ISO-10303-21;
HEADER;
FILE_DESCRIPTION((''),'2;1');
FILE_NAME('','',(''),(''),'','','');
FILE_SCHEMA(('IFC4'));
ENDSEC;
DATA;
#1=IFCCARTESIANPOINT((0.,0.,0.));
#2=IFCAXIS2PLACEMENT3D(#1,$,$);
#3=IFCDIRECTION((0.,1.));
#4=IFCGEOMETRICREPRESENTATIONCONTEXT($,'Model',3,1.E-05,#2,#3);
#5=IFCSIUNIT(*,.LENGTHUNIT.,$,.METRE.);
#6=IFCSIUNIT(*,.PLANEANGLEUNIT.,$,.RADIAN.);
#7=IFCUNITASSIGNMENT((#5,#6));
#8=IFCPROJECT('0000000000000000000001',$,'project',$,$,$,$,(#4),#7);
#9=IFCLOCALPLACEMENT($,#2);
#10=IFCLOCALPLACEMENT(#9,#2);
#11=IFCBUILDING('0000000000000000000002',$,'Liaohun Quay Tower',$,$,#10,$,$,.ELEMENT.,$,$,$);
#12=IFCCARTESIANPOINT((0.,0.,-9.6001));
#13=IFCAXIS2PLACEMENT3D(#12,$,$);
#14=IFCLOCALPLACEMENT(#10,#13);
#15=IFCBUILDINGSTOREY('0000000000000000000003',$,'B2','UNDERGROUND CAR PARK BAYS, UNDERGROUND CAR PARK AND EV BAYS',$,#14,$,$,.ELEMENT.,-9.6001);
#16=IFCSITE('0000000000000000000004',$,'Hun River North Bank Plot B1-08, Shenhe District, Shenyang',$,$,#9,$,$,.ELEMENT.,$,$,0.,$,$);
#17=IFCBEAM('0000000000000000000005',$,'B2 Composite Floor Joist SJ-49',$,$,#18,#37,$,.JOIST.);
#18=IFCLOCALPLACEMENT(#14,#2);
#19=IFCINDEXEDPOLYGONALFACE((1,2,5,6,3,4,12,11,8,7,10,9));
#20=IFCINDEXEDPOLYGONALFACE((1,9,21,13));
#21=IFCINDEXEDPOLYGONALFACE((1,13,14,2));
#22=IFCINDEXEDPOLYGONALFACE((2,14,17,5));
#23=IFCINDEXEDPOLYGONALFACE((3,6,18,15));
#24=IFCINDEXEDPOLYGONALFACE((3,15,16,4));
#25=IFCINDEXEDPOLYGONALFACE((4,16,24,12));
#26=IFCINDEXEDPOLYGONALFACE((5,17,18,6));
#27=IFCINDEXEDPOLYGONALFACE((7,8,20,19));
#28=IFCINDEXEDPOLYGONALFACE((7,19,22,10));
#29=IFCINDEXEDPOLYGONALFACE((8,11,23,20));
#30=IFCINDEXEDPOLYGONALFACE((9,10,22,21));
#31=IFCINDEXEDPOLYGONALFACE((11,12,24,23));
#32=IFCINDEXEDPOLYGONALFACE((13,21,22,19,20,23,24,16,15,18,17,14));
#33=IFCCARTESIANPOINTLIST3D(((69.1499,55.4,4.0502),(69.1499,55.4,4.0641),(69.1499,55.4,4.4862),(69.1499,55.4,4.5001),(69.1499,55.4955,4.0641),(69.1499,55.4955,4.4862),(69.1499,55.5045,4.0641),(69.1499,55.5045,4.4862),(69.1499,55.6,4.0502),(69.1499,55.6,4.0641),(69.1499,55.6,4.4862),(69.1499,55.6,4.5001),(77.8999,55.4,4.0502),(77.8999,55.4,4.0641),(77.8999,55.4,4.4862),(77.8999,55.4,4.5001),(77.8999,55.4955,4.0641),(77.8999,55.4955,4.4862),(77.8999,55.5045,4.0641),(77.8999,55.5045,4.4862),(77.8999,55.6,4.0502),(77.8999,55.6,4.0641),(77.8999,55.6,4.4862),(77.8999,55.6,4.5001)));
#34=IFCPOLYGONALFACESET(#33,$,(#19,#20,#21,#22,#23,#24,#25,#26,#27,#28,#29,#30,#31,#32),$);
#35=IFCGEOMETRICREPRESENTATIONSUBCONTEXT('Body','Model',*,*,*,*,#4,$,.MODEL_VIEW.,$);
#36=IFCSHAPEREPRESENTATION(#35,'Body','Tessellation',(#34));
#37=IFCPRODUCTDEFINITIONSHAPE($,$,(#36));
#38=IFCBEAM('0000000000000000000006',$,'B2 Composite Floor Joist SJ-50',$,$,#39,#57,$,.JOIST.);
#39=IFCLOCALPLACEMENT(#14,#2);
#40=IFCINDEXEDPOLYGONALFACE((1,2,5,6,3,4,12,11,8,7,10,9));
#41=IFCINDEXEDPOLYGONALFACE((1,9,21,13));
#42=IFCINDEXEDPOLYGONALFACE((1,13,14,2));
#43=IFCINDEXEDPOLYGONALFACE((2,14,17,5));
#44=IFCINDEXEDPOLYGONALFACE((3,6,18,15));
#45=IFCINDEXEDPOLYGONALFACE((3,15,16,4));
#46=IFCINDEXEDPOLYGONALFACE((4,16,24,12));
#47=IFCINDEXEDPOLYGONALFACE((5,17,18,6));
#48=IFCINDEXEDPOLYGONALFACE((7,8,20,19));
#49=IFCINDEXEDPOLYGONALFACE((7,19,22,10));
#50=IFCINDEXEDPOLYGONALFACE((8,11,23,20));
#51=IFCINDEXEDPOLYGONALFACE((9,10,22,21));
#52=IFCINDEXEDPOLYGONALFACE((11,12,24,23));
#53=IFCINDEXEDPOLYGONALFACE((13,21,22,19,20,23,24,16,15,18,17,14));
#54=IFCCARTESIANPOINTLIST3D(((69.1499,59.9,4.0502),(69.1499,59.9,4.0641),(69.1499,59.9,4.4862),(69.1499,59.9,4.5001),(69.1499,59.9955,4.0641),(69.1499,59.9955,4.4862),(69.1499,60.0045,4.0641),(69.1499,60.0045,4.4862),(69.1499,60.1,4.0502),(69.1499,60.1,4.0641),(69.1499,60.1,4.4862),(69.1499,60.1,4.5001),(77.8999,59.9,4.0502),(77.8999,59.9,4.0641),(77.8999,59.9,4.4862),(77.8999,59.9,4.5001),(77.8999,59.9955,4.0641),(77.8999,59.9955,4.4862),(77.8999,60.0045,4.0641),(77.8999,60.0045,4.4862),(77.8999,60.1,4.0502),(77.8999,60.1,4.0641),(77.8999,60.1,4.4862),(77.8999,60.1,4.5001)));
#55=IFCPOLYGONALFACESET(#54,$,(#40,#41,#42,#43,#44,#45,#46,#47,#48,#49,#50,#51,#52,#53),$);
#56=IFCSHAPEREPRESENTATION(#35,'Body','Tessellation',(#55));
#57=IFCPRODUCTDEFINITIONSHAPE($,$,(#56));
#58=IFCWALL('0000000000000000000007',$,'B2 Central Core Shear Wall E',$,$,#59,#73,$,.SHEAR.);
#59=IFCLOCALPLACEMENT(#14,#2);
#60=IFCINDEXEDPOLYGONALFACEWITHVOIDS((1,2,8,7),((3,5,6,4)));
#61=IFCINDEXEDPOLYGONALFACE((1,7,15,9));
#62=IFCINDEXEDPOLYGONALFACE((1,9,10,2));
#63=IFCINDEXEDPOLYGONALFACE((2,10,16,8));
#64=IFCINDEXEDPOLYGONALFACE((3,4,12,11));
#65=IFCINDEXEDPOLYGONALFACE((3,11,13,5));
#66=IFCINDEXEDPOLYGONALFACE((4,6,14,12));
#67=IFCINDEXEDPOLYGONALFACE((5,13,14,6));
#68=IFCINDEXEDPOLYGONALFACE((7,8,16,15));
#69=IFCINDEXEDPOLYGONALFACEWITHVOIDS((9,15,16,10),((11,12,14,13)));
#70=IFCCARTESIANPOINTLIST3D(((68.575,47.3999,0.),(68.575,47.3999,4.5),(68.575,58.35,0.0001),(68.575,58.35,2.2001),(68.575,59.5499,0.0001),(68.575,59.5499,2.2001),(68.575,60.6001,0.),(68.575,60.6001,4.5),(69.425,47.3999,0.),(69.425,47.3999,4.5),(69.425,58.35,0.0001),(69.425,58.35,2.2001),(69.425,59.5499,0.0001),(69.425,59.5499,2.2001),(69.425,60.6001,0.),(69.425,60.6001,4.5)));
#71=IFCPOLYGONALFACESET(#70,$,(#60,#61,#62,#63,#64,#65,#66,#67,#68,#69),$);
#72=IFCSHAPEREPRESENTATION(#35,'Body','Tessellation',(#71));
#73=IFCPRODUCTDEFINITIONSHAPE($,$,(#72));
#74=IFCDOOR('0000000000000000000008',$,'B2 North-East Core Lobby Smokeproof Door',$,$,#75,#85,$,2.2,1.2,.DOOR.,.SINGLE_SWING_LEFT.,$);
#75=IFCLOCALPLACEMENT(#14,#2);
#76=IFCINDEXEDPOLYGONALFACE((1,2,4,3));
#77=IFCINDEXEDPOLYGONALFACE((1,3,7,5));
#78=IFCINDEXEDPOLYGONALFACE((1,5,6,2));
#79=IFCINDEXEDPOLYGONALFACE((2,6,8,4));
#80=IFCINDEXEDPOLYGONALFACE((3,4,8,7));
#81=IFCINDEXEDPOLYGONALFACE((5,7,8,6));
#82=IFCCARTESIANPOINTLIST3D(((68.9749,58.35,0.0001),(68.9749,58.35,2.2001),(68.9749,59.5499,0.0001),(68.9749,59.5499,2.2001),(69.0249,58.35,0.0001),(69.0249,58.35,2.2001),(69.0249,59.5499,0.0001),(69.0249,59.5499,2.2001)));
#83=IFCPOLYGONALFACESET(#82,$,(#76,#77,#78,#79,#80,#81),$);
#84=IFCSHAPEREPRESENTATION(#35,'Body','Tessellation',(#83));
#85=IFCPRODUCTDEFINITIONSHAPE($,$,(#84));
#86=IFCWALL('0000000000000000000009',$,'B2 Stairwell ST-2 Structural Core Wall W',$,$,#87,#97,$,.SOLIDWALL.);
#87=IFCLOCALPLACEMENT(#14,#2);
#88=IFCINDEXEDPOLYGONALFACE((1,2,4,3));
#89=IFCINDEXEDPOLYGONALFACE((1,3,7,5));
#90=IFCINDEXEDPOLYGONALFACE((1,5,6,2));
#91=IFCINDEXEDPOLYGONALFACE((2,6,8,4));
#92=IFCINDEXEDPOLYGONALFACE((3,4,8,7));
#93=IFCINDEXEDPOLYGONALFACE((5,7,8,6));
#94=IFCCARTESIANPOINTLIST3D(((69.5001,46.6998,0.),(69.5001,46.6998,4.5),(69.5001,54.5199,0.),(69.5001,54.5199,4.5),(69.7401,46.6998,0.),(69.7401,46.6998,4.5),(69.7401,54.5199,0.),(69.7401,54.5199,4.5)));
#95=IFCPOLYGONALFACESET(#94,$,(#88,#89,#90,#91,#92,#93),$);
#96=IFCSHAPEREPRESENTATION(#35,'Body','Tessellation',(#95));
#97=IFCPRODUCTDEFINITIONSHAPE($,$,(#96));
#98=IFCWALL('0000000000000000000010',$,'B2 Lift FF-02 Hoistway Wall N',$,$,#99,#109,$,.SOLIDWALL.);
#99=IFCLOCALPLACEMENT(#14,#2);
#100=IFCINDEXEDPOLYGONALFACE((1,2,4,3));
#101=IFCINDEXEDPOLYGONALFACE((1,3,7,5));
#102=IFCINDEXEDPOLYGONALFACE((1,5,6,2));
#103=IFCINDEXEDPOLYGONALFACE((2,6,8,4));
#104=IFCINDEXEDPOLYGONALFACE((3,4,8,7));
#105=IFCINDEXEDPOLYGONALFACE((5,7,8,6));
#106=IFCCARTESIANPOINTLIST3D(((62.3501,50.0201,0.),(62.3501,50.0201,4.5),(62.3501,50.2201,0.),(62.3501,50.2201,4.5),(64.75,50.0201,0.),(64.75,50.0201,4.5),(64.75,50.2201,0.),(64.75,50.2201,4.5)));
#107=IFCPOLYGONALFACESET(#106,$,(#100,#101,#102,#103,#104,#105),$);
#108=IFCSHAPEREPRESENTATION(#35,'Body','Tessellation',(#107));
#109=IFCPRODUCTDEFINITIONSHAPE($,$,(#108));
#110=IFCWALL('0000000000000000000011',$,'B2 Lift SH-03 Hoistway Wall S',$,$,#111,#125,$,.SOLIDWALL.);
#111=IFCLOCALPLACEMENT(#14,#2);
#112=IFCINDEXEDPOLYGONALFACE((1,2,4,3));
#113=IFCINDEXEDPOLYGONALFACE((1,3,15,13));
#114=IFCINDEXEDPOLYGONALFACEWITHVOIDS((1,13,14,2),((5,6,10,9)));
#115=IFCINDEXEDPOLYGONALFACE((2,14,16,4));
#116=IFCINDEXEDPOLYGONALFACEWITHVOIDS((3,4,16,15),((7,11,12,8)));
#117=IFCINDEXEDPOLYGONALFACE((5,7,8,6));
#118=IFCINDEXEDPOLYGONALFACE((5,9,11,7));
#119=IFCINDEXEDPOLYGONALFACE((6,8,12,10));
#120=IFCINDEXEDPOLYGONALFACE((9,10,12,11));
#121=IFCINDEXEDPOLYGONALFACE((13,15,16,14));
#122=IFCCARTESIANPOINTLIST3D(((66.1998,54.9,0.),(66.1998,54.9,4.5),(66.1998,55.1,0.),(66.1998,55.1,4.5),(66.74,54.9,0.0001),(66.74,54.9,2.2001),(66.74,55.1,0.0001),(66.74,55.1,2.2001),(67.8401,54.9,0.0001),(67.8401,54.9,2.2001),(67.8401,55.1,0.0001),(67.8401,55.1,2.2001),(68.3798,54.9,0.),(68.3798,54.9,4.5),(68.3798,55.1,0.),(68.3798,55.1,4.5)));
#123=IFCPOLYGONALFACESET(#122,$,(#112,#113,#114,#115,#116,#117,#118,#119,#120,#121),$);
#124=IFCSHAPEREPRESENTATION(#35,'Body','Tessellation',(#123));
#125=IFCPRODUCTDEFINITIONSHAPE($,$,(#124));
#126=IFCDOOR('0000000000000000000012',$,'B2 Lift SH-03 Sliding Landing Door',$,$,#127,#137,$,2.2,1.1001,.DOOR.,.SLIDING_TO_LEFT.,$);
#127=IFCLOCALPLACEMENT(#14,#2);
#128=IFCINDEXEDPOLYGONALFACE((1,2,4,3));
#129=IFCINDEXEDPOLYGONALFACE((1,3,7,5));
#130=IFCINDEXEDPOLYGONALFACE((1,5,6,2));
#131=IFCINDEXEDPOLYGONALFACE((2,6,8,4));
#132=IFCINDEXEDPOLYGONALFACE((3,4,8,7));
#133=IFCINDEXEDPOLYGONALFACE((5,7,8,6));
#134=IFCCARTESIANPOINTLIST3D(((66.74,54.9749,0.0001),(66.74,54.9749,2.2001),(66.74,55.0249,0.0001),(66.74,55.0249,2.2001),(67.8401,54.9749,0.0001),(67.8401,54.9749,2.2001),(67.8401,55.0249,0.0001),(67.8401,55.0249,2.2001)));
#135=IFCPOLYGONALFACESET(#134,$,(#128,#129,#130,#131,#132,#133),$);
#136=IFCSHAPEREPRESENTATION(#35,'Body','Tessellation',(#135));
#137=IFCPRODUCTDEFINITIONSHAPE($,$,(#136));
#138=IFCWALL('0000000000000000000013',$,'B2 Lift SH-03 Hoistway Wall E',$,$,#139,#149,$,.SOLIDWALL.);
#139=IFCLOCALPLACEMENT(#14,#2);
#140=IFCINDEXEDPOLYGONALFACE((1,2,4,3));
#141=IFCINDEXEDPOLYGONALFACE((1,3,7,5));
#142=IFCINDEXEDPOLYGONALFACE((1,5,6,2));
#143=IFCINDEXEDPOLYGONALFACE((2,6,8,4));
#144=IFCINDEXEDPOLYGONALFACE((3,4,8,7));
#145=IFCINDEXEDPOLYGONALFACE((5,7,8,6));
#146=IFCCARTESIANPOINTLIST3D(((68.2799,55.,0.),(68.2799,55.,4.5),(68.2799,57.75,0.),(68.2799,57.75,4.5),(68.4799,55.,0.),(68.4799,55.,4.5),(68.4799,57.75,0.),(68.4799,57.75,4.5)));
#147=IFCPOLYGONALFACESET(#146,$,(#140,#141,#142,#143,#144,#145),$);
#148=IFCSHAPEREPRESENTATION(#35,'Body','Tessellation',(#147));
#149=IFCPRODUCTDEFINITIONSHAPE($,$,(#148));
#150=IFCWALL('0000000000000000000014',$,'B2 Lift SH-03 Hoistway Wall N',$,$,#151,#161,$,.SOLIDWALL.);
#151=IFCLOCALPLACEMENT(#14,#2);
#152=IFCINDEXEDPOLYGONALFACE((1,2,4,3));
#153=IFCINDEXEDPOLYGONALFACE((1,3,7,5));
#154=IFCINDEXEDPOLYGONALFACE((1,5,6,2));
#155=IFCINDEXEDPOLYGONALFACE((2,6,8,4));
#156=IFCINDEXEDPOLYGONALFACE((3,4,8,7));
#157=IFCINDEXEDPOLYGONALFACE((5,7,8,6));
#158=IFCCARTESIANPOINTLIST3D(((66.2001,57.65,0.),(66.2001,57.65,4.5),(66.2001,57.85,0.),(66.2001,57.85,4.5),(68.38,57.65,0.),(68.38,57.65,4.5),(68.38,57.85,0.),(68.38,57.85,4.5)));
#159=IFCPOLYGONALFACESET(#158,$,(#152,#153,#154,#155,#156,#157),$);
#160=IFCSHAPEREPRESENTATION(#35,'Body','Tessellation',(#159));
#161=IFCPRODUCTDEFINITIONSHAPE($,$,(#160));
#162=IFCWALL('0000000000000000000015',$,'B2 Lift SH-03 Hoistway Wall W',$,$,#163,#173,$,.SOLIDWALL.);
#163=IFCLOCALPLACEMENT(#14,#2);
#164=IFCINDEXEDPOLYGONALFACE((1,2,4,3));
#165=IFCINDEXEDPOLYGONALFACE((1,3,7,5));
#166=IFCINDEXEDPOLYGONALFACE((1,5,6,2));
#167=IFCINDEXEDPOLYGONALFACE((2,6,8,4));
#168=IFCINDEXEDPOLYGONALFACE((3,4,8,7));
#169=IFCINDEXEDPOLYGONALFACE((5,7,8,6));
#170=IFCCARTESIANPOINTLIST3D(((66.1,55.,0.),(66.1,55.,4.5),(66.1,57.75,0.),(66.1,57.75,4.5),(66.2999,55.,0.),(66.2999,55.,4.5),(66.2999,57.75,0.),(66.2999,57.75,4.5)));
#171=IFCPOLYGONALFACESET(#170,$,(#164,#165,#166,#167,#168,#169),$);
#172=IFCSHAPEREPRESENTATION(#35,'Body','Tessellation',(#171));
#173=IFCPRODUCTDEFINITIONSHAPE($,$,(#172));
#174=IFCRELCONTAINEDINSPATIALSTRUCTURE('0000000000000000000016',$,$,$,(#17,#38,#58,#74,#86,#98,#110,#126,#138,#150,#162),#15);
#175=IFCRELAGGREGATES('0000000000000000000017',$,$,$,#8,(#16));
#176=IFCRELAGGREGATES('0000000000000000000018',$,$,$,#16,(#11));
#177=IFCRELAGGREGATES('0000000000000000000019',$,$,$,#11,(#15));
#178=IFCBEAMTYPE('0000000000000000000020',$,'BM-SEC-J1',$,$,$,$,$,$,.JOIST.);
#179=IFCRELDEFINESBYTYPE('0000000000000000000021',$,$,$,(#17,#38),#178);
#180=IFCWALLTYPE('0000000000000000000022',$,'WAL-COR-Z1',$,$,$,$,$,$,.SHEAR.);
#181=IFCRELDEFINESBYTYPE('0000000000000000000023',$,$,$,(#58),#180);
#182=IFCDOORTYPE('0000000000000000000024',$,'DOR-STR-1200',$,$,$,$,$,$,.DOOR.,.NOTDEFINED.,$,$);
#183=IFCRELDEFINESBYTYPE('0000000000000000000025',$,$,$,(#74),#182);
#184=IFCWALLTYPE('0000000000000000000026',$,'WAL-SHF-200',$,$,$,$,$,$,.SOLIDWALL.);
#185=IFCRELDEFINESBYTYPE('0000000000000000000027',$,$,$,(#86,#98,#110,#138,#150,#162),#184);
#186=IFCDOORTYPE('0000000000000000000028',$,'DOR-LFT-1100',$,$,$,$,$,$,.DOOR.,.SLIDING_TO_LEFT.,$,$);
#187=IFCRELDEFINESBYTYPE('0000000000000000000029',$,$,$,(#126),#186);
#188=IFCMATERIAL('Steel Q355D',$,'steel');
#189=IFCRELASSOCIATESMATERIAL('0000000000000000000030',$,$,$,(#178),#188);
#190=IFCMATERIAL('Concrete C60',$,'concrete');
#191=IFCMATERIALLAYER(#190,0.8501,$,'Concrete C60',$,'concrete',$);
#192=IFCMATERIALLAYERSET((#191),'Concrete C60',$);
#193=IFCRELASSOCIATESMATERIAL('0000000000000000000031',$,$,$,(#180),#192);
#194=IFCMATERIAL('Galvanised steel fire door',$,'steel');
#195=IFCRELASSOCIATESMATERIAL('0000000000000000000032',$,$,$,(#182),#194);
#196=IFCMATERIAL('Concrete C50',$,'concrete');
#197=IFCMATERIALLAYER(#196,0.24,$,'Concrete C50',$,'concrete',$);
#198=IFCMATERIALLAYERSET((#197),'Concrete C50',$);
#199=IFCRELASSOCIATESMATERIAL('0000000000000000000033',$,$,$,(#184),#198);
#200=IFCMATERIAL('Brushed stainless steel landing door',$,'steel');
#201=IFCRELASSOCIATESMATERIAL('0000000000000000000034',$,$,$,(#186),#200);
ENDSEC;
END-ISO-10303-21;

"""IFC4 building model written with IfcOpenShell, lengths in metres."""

from ifc_helpers import new_model, si_unit, direction, frame, frame_2d, origin, origin_2d, place, context, subcontext, project, spatial, rectangle, i_section, extrude, source, transform, mapped, material, layer, layer_set, material_profile, profile_set, type_object, element, fill, save


model = new_model("IFC4")

# Units and contexts
model_context = context("Model", 3, precision=1e-05, world=origin(), true_north=direction((0.0, 1.0)))
body_context = subcontext(model_context, "Body", "Model", "MODEL_VIEW")
ifc_project = project(units=[si_unit("LENGTHUNIT", "METRE"), si_unit("PLANEANGLEUNIT", "RADIAN")], contexts=[model_context])

# Site, building, storey
site_placement = place(None, origin())
site = spatial("IfcSite", under=ifc_project, at=site_placement, Name="Hun River North Bank Plot B1-08, Shenhe District, Shenyang", CompositionType="ELEMENT", RefElevation=0.0)
building_placement = place(site_placement, origin())
building = spatial("IfcBuilding", under=site, at=building_placement, Name="Liaohun Quay Tower", CompositionType="ELEMENT")
storey_placement = place(building_placement, frame((0.0, 0.0, -9.6001)))
storey = spatial("IfcBuildingStorey", under=building, at=storey_placement, Name="B2", Description="UNDERGROUND CAR PARK BAYS, UNDERGROUND CAR PARK AND EV BAYS", CompositionType="ELEMENT", Elevation=-9.6001)

# Shared definitions
ifc_material_1 = material(Name="Concrete C50", Category="concrete")

# Beams
ifc_material_2 = material(Name="Steel Q355D", Category="steel")
ifc_material_profile_1 = material_profile(ifc_material_2, i_section(OverallWidth=0.2, OverallDepth=0.45, WebThickness=0.009, FlangeThickness=0.0139, at=origin_2d()), Name="HN450x200x9x14")
ifc_profile_set_1 = profile_set([ifc_material_profile_1], Name="Steel Q355D")
beam_type = type_object("IfcBeamType", Name="BM-SEC-J1", PredefinedType="JOIST", material=ifc_profile_set_1)
shared_shape_1 = source(origin(), body_context, "Body", "SweptSolid", [
    extrude(i_section(OverallWidth=0.2, OverallDepth=0.45, WebThickness=0.009, FlangeThickness=0.0139, at=origin_2d()), origin(), (0.0, 0.0, 1.0), 8.75),
])
for number, where, z_axis, x_axis, name in (
    (1, (69.1499, 55.5, 4.2751), (1.0, 0.0, 0.0), (0.0, 1.0, 0.0), "B2 Composite Floor Joist SJ-49"),
    (2, (69.1499, 60.0, 4.2751), (1.0, 0.0, 0.0), (0.0, 1.0, 0.0), "B2 Composite Floor Joist SJ-50"),
):
    element("IfcBeam", number, at=place(storey_placement, frame(where, z_axis=z_axis, x_axis=x_axis)), inside=storey, type_object=beam_type, Name=name, PredefinedType="JOIST", context=body_context, shape_type="MappedRepresentation", body=[
        mapped(shared_shape_1, transform((0.0, 0.0, 0.0), x_axis=(1.0, 0.0, 0.0), y_axis=(0.0, 1.0, 0.0), z_axis=(0.0, 0.0, 1.0), scale=1.0)),
    ])

# Wall, opening, door
ifc_material_3 = material(Name="Concrete C60", Category="concrete")
ifc_layer_1 = layer(ifc_material_3, 0.8501, Name="Concrete C60", Category="concrete")
ifc_layer_set_1 = layer_set([ifc_layer_1], Name="Concrete C60")
wall_type_1 = type_object("IfcWallType", Name="WAL-COR-Z1", PredefinedType="SHEAR", material=ifc_layer_set_1)
wall_1_placement = place(storey_placement, frame((69.0, 60.6001, 0.0), z_axis=(0.0, 0.0, 1.0), x_axis=(0.0, -1.0, 0.0)))
wall_1 = element("IfcWall", 3, at=wall_1_placement, inside=storey, type_object=wall_type_1, Name="B2 Central Core Shear Wall E", PredefinedType="SHEAR", context=body_context, shape_type="SweptSolid", body=[
    extrude(rectangle(XDim=13.2002, YDim=0.8501, at=frame_2d((6.6001, 0.0))), origin(), (0.0, 0.0, 1.0), 4.5),
])
shared_shape_2 = source(origin(), body_context, "Body", "SweptSolid", [
    extrude(rectangle(XDim=1.2, YDim=2.2, at=frame_2d((0.6001, 1.1001))), frame((0.0, 0.4351, 0.0), z_axis=(0.0, -1.0, 0.0), x_axis=(1.0, 0.0, 0.0)), (0.0, 0.0, 1.0), 0.8701),
])
opening_1_placement = place(wall_1_placement, frame((1.05, 0.0, 0.0)))
opening_1 = element("IfcOpeningElement", 4, at=opening_1_placement, cuts=wall_1, PredefinedType="OPENING", context=body_context, shape_type="MappedRepresentation", body=[
    mapped(shared_shape_2, transform((0.0, 0.0, 0.0), x_axis=(1.0, 0.0, 0.0), y_axis=(0.0, 1.0, 0.0), z_axis=(0.0, 0.0, 1.0), scale=1.0)),
])
ifc_material_4 = material(Name="Galvanised steel fire door", Category="steel")
door_type_1 = type_object("IfcDoorType", Name="DOR-STR-1200", OperationType="NOTDEFINED", PredefinedType="DOOR", material=ifc_material_4)
shared_shape_3 = source(origin(), body_context, "Body", "SweptSolid", [
    extrude(rectangle(XDim=1.2, YDim=2.2, at=frame_2d((0.6001, 1.1001))), frame((0.0, 0.0249, 0.0), z_axis=(0.0, -1.0, 0.0), x_axis=(1.0, 0.0, 0.0)), (0.0, 0.0, 1.0), 0.05),
])
door_1_placement = place(opening_1_placement, origin())
door_1 = element("IfcDoor", 5, at=door_1_placement, inside=storey, type_object=door_type_1, Name="B2 North-East Core Lobby Smokeproof Door", OperationType="SINGLE_SWING_LEFT", OverallHeight=2.2, OverallWidth=1.2, PredefinedType="DOOR", context=body_context, shape_type="MappedRepresentation", body=[
    mapped(shared_shape_3, transform((0.0, 0.0, 0.0), x_axis=(1.0, 0.0, 0.0), y_axis=(0.0, 1.0, 0.0), z_axis=(0.0, 0.0, 1.0), scale=1.0)),
])
fill(opening_1, door_1)

# Walls
ifc_layer_2 = layer(ifc_material_1, 0.24, Name="Concrete C50", Category="concrete")
ifc_layer_set_2 = layer_set([ifc_layer_2], Name="Concrete C50")
wall_type_2 = type_object("IfcWallType", Name="WAL-SHF-200", PredefinedType="SOLIDWALL", material=ifc_layer_set_2)
wall_2_placement = place(storey_placement, frame((69.6201, 54.52, 0.0), z_axis=(0.0, 0.0, 1.0), x_axis=(0.0, -1.0, 0.0)))
element("IfcWall", 6, at=wall_2_placement, inside=storey, type_object=wall_type_2, Name="B2 Stairwell ST-2 Structural Core Wall W", PredefinedType="SOLIDWALL", context=body_context, shape_type="SweptSolid", body=[
    extrude(rectangle(XDim=7.8201, YDim=0.24, at=frame_2d((3.9102, 0.0))), origin(), (0.0, 0.0, 1.0), 4.5),
])
wall_3_placement = place(storey_placement, frame((64.75, 50.1201, 0.0), z_axis=(0.0, 0.0, 1.0), x_axis=(-1.0, 0.0, 0.0)))
element("IfcWall", 7, at=wall_3_placement, inside=storey, type_object=wall_type_2, Name="B2 Lift FF-02 Hoistway Wall N", PredefinedType="SOLIDWALL", context=body_context, shape_type="SweptSolid", body=[
    extrude(rectangle(XDim=2.3999, YDim=0.2, at=frame_2d((1.2, 0.0))), origin(), (0.0, 0.0, 1.0), 4.5),
])

# Wall, opening, door
wall_4_placement = place(storey_placement, frame((66.2, 55.0, 0.0), z_axis=(0.0, 0.0, 1.0), x_axis=(1.0, 0.0, 0.0)))
wall_4 = element("IfcWall", 8, at=wall_4_placement, inside=storey, type_object=wall_type_2, Name="B2 Lift SH-03 Hoistway Wall S", PredefinedType="SOLIDWALL", context=body_context, shape_type="SweptSolid", body=[
    extrude(rectangle(XDim=2.1799, YDim=0.2, at=frame_2d((1.0898, 0.0))), origin(), (0.0, 0.0, 1.0), 4.5),
])
shared_shape_4 = source(origin(), body_context, "Body", "SweptSolid", [
    extrude(rectangle(XDim=1.1001, YDim=2.2, at=frame_2d((0.55, 1.1001))), frame((0.0, 0.1099, 0.0), z_axis=(0.0, -1.0, 0.0), x_axis=(1.0, 0.0, 0.0)), (0.0, 0.0, 1.0), 0.22),
])
opening_2_placement = place(wall_4_placement, frame((0.54, 0.0, 0.0)))
opening_2 = element("IfcOpeningElement", 9, at=opening_2_placement, cuts=wall_4, PredefinedType="OPENING", context=body_context, shape_type="MappedRepresentation", body=[
    mapped(shared_shape_4, transform((0.0, 0.0, 0.0), x_axis=(1.0, 0.0, 0.0), y_axis=(0.0, 1.0, 0.0), z_axis=(0.0, 0.0, 1.0), scale=1.0)),
])
ifc_material_5 = material(Name="Brushed stainless steel landing door", Category="steel")
door_type_2 = type_object("IfcDoorType", Name="DOR-LFT-1100", OperationType="SLIDING_TO_LEFT", PredefinedType="DOOR", material=ifc_material_5)
shared_shape_5 = source(origin(), body_context, "Body", "SweptSolid", [
    extrude(rectangle(XDim=1.1001, YDim=2.2, at=frame_2d((0.55, 1.1001))), frame((0.0, 0.0249, 0.0), z_axis=(0.0, -1.0, 0.0), x_axis=(1.0, 0.0, 0.0)), (0.0, 0.0, 1.0), 0.05),
])
door_2_placement = place(opening_2_placement, origin())
door_2 = element("IfcDoor", 10, at=door_2_placement, inside=storey, type_object=door_type_2, Name="B2 Lift SH-03 Sliding Landing Door", OperationType="SLIDING_TO_LEFT", OverallHeight=2.2, OverallWidth=1.1001, PredefinedType="DOOR", context=body_context, shape_type="MappedRepresentation", body=[
    mapped(shared_shape_5, transform((0.0, 0.0, 0.0), x_axis=(1.0, 0.0, 0.0), y_axis=(0.0, 1.0, 0.0), z_axis=(0.0, 0.0, 1.0), scale=1.0)),
])
fill(opening_2, door_2)

# Walls
wall_5_placement = place(storey_placement, frame((68.3799, 55.0, 0.0), z_axis=(0.0, 0.0, 1.0), x_axis=(0.0, 1.0, 0.0)))
element("IfcWall", 11, at=wall_5_placement, inside=storey, type_object=wall_type_2, Name="B2 Lift SH-03 Hoistway Wall E", PredefinedType="SOLIDWALL", context=body_context, shape_type="SweptSolid", body=[
    extrude(rectangle(XDim=2.75, YDim=0.2, at=frame_2d((1.375, 0.0))), origin(), (0.0, 0.0, 1.0), 4.5),
])
wall_6_placement = place(storey_placement, frame((68.3799, 57.75, 0.0), z_axis=(0.0, 0.0, 1.0), x_axis=(-1.0, 0.0, 0.0)))
element("IfcWall", 12, at=wall_6_placement, inside=storey, type_object=wall_type_2, Name="B2 Lift SH-03 Hoistway Wall N", PredefinedType="SOLIDWALL", context=body_context, shape_type="SweptSolid", body=[
    extrude(rectangle(XDim=2.1799, YDim=0.2, at=frame_2d((1.0898, 0.0))), origin(), (0.0, 0.0, 1.0), 4.5),
])
wall_7_placement = place(storey_placement, frame((66.2, 57.75, 0.0), z_axis=(0.0, 0.0, 1.0), x_axis=(0.0, -1.0, 0.0)))
element("IfcWall", 13, at=wall_7_placement, inside=storey, type_object=wall_type_2, Name="B2 Lift SH-03 Hoistway Wall W", PredefinedType="SOLIDWALL", context=body_context, shape_type="SweptSolid", body=[
    extrude(rectangle(XDim=2.75, YDim=0.2, at=frame_2d((1.375, 0.0))), origin(), (0.0, 0.0, 1.0), 4.5),
])

save(model, "model.ifc")
